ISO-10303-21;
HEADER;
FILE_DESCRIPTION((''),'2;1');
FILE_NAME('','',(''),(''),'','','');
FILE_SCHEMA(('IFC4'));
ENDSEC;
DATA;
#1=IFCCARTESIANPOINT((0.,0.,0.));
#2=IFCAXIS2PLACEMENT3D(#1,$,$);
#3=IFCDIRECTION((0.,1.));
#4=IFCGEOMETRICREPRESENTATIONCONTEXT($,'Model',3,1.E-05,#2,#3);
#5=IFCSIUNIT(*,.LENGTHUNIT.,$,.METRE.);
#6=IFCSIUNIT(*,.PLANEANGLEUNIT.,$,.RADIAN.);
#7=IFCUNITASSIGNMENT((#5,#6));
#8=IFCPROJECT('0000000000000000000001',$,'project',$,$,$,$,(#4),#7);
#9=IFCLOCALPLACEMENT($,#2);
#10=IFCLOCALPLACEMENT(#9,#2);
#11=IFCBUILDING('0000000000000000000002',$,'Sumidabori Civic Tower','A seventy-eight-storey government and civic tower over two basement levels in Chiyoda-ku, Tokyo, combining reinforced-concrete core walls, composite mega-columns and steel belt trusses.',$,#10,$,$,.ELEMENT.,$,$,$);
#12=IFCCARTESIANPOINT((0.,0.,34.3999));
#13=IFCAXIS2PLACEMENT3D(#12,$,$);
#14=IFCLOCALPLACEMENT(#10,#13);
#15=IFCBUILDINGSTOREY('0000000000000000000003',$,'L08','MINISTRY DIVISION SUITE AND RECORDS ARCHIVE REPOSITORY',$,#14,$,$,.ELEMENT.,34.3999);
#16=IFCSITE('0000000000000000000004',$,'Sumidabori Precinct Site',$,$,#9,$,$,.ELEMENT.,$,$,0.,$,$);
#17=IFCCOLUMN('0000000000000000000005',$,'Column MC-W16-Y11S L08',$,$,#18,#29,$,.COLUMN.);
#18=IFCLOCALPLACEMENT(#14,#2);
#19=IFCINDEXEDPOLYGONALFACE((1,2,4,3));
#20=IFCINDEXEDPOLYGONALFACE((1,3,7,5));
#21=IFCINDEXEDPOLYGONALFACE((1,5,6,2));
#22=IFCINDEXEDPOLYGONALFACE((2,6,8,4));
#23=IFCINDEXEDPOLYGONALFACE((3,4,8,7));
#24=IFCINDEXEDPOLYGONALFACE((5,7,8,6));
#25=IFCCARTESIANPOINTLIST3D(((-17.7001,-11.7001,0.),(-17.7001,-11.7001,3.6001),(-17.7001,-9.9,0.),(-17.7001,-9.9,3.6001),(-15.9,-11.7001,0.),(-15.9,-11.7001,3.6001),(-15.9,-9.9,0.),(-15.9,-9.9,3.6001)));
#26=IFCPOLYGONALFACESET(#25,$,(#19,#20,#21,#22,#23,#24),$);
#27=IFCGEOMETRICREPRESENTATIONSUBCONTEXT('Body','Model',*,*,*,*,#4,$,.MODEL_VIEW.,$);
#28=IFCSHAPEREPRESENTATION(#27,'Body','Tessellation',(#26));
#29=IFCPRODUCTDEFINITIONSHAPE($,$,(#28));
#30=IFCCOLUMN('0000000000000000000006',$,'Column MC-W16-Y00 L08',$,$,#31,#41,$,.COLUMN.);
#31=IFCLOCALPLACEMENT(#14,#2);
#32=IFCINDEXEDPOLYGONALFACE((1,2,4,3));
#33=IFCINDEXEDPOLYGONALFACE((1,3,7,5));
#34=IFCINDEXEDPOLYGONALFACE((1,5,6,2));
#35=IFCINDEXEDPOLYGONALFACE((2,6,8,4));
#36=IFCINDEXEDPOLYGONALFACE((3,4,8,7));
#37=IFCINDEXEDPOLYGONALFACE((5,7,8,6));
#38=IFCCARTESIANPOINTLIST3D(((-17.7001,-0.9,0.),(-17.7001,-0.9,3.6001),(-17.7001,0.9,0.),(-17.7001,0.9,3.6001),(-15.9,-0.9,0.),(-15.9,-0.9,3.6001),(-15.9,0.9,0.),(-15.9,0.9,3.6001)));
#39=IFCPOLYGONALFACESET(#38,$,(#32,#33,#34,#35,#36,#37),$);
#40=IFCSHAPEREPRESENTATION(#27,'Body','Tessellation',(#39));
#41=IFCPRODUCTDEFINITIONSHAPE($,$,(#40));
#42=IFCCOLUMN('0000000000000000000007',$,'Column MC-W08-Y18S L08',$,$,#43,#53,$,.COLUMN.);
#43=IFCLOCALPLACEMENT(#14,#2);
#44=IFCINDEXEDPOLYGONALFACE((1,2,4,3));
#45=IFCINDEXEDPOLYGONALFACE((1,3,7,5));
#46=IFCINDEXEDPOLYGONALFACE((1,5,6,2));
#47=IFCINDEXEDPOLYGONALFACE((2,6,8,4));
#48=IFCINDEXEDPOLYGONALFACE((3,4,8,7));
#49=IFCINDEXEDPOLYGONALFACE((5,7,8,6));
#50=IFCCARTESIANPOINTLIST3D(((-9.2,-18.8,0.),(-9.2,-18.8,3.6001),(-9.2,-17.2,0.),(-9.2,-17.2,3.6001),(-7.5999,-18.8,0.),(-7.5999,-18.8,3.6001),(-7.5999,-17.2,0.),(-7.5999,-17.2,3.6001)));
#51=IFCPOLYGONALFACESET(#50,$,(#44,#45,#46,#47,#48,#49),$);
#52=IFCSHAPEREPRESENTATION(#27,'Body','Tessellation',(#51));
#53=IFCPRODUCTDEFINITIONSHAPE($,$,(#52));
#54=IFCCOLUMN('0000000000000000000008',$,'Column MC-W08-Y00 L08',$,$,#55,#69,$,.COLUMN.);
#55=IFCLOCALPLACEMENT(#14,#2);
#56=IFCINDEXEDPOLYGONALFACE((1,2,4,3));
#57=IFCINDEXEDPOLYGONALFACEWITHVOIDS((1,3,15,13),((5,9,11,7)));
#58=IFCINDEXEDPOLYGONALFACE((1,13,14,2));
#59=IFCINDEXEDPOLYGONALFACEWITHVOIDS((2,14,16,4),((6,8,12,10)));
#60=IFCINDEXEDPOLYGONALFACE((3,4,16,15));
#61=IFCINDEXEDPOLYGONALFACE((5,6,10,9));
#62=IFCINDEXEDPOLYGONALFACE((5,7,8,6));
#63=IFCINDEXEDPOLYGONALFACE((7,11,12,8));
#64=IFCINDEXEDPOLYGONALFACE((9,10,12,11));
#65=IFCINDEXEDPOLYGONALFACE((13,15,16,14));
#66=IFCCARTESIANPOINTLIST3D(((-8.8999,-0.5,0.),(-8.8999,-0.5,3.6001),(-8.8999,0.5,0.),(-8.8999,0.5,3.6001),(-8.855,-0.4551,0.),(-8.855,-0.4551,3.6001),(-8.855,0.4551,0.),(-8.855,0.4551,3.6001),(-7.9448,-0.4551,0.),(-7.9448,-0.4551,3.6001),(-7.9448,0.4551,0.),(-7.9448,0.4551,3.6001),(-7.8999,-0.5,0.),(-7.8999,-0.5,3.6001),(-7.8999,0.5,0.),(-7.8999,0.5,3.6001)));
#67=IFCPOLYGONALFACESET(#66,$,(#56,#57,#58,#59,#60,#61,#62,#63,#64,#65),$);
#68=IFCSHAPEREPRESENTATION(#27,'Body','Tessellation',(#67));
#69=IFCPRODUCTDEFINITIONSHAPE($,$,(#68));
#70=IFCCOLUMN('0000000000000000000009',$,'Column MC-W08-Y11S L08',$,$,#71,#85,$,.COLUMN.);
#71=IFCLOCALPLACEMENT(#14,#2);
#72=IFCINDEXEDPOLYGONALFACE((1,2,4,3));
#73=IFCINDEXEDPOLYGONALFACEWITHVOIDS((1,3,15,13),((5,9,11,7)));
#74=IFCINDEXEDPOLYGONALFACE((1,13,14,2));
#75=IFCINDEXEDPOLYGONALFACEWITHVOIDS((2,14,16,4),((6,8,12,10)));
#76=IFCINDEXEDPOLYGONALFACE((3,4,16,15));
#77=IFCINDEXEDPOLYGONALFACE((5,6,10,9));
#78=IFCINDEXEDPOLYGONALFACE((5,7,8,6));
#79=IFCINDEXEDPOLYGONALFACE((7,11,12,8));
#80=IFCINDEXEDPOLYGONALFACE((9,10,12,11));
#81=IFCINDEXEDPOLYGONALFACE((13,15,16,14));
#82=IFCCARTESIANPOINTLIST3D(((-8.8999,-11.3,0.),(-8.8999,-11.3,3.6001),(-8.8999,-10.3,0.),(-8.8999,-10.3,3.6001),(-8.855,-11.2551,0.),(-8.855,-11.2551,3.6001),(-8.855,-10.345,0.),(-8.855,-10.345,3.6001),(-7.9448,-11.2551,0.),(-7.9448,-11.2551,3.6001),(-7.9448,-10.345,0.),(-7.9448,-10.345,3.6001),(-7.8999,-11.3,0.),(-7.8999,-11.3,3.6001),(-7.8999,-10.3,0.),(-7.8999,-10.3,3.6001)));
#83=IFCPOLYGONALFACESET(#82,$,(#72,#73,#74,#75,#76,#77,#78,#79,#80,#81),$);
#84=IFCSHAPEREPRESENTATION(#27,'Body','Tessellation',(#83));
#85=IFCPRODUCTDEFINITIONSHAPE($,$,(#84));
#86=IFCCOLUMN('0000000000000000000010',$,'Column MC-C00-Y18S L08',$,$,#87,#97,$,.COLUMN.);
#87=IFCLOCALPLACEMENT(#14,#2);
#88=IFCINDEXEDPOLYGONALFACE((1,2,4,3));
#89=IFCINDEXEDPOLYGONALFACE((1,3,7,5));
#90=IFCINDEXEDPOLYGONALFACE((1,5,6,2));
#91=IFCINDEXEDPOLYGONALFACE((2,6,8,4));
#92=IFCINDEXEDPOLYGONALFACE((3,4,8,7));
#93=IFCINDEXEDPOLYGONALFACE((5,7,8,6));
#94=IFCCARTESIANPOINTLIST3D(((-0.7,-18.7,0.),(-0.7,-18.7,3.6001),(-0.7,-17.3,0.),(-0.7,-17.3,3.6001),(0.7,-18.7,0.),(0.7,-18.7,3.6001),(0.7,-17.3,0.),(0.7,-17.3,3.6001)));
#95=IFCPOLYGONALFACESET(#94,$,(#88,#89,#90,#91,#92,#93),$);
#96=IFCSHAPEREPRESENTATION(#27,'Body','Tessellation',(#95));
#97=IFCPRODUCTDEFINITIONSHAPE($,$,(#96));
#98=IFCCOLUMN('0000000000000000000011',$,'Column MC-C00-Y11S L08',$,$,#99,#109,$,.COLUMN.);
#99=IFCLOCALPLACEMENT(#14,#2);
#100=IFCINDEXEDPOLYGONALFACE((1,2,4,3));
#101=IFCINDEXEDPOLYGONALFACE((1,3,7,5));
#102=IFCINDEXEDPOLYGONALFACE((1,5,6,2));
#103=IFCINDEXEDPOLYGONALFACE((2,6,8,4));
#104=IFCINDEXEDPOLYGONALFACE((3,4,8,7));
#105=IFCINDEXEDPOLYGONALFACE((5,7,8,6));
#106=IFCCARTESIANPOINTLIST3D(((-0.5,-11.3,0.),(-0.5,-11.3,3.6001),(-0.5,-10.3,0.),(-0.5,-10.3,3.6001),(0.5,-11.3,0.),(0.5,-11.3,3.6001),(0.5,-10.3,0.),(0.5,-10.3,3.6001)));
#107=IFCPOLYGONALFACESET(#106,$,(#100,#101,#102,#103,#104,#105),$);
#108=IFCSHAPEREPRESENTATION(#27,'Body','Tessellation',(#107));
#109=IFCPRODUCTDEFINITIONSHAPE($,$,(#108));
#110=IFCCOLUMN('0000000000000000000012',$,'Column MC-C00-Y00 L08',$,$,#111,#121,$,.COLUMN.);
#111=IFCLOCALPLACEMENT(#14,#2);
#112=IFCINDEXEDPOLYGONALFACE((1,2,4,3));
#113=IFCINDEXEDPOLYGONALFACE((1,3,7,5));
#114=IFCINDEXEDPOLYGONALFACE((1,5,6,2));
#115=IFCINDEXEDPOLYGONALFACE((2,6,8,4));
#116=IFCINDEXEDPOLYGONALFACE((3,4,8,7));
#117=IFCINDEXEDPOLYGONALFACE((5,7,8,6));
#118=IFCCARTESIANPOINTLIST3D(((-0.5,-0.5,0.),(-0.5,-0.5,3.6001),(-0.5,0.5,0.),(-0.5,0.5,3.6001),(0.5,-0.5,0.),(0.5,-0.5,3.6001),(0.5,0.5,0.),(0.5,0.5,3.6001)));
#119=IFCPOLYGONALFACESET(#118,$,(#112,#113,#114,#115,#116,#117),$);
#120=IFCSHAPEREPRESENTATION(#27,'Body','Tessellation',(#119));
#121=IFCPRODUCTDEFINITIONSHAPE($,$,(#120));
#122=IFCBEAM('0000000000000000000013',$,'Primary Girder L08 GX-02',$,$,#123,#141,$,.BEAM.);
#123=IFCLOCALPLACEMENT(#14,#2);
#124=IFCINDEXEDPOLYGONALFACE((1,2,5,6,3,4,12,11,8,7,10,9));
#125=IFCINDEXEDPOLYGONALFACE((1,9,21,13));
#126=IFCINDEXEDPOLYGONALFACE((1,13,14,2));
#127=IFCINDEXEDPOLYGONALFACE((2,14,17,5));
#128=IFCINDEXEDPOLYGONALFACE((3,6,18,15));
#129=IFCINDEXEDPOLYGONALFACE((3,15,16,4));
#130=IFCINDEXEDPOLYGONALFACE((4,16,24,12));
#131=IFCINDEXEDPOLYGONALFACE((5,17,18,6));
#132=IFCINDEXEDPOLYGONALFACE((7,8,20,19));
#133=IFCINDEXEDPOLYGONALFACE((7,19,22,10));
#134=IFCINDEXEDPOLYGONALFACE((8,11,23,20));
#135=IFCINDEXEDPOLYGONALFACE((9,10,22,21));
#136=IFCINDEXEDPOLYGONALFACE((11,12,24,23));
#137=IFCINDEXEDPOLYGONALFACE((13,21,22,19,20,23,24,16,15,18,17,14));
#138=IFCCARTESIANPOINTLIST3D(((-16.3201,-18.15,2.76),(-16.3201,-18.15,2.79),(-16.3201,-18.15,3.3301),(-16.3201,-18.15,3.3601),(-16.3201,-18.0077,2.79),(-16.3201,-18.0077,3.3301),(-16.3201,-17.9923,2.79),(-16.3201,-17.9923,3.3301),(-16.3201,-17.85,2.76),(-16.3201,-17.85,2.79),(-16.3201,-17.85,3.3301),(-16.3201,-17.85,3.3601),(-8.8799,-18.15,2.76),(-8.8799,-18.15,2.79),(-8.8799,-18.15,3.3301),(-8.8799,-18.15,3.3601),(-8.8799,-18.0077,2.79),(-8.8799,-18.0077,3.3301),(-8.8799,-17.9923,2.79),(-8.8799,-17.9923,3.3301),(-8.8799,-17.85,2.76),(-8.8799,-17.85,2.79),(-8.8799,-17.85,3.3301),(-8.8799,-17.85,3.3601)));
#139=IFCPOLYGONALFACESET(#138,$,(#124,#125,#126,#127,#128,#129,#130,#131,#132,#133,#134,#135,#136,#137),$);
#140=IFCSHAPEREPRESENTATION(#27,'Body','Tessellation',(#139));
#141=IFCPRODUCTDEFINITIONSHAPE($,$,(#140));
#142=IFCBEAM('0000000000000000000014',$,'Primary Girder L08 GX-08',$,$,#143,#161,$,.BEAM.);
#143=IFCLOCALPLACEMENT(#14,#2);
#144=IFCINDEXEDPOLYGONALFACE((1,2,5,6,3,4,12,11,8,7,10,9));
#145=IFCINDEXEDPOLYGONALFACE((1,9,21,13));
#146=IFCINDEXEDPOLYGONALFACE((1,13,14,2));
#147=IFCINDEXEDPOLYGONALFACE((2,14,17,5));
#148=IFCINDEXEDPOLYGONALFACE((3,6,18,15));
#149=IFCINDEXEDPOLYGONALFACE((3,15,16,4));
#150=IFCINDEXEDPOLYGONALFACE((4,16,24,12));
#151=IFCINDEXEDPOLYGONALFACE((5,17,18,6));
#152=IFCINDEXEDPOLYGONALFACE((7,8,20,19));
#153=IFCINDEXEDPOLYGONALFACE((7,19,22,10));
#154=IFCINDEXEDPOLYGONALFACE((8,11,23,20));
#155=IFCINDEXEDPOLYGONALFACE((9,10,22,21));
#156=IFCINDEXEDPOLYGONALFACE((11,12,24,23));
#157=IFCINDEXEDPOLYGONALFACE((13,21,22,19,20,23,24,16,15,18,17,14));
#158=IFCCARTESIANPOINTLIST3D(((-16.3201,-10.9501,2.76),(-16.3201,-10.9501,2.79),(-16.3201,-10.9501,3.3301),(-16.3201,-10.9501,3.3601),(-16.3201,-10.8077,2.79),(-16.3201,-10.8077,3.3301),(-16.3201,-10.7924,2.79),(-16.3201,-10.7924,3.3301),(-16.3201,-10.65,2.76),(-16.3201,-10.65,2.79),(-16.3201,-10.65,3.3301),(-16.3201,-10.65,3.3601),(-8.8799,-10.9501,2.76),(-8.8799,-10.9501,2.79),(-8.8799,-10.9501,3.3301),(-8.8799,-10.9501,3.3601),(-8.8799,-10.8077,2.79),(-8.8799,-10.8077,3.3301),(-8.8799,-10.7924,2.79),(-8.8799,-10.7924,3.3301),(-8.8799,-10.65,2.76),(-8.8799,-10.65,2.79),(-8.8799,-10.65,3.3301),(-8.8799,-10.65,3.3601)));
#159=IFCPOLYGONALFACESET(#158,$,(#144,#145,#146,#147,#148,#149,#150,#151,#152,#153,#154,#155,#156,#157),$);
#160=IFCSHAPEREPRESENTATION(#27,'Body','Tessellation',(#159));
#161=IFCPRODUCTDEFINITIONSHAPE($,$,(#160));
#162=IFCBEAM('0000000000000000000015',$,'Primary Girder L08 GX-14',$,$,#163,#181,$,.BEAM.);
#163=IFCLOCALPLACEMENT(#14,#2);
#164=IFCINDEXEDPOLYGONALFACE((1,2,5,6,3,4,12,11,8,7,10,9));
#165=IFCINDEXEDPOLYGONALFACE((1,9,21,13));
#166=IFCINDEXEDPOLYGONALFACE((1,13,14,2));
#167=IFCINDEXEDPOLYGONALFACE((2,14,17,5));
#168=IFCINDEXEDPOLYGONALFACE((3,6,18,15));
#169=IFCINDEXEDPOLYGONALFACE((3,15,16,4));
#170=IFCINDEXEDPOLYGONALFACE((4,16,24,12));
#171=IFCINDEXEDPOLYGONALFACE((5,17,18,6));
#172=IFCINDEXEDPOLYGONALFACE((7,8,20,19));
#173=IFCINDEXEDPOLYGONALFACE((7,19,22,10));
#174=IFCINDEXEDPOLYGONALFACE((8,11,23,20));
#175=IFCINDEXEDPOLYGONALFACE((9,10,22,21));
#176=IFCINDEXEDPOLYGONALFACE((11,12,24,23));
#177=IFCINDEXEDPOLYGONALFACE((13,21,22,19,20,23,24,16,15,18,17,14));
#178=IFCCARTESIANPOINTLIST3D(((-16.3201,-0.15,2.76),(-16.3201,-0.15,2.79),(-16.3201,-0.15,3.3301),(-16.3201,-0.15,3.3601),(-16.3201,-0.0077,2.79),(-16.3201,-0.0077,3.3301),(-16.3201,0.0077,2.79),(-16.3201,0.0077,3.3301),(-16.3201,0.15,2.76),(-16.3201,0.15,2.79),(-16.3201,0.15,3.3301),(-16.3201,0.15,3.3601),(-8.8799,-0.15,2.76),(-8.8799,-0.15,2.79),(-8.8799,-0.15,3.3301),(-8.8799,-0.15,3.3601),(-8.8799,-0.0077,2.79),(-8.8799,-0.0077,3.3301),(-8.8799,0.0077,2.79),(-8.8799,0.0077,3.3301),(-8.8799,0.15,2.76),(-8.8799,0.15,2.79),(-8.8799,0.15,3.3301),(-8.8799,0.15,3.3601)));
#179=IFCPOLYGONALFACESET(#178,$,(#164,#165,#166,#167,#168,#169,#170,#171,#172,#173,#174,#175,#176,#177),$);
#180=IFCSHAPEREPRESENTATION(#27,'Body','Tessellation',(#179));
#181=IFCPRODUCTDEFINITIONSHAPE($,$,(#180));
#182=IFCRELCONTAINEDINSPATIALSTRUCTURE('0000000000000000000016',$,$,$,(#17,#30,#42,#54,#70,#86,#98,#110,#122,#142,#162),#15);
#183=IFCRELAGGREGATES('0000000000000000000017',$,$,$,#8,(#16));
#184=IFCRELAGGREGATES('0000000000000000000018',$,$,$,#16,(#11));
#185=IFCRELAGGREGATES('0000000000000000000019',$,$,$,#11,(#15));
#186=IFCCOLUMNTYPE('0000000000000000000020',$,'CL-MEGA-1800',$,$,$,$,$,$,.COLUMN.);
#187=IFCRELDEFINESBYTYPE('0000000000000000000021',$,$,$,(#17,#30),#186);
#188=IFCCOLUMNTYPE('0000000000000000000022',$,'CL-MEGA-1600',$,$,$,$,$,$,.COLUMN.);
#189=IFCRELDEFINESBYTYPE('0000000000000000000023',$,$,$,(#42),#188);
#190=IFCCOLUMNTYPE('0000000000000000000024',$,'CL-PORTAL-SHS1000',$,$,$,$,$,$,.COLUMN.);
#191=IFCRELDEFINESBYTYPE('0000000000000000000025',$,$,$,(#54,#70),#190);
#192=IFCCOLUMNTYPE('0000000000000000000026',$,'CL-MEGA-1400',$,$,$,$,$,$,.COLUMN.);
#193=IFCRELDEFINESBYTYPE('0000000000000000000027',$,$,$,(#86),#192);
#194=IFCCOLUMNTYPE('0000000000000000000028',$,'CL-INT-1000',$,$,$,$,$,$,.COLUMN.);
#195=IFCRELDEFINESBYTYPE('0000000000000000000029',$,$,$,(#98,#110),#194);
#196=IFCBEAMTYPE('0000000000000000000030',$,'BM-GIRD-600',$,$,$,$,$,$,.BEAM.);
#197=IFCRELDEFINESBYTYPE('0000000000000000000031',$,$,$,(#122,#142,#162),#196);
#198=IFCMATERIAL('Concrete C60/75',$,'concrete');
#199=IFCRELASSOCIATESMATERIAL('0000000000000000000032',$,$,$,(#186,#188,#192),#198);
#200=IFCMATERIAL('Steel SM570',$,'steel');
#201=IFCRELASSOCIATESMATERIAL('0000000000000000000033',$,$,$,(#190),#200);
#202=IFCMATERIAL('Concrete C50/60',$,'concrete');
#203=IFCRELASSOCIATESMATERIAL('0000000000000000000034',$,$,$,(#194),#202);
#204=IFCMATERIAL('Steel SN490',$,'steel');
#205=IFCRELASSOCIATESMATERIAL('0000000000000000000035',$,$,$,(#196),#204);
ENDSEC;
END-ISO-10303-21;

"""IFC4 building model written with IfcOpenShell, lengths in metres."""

from ifc_helpers import new_model, si_unit, direction, frame, origin, origin_2d, place, context, subcontext, project, spatial, rectangle, hollow_rectangle, i_section, extrude, source, transform, mapped, material, material_profile, profile_set, type_object, element, save


model = new_model("IFC4")

# Units and contexts
model_context = context("Model", 3, precision=1e-05, world=origin(), true_north=direction((0.0, 1.0)))
body_context = subcontext(model_context, "Body", "Model", "MODEL_VIEW")
ifc_project = project(units=[si_unit("LENGTHUNIT", "METRE"), si_unit("PLANEANGLEUNIT", "RADIAN")], contexts=[model_context])

# Site, building, storey
site_placement = place(None, origin())
site = spatial("IfcSite", under=ifc_project, at=site_placement, Name="Sumidabori Precinct Site", CompositionType="ELEMENT", RefElevation=0.0)
building_placement = place(site_placement, origin())
building = spatial("IfcBuilding", under=site, at=building_placement, Name="Sumidabori Civic Tower", Description="A seventy-eight-storey government and civic tower over two basement levels in Chiyoda-ku, Tokyo, combining reinforced-concrete core walls, composite mega-columns and steel belt trusses.", CompositionType="ELEMENT")
storey_placement = place(building_placement, frame((0.0, 0.0, 34.3999)))
storey = spatial("IfcBuildingStorey", under=building, at=storey_placement, Name="L08", Description="MINISTRY DIVISION SUITE AND RECORDS ARCHIVE REPOSITORY", CompositionType="ELEMENT", Elevation=34.3999)

# Columns
ifc_material_1 = material(Name="Concrete C60/75", Category="concrete")
ifc_material_profile_1 = material_profile(ifc_material_1, rectangle(XDim=1.8, YDim=1.8, at=origin_2d()), Name="RC 1800x1800")
ifc_profile_set_1 = profile_set([ifc_material_profile_1], Name="Concrete C60/75")
column_type_1 = type_object("IfcColumnType", Name="CL-MEGA-1800", PredefinedType="COLUMN", material=ifc_profile_set_1)
shared_shape_1 = source(origin(), body_context, "Body", "SweptSolid", [
    extrude(rectangle(XDim=1.8, YDim=1.8, at=origin_2d()), origin(), (0.0, 0.0, 1.0), 3.6001),
])
for number, where, z_axis, x_axis, name in (
    (1, (-16.8, -10.8, 0.0), (0.0, 0.0, 1.0), (1.0, 0.0, 0.0), "Column MC-W16-Y11S L08"),
    (2, (-16.8, 0.0, 0.0), (0.0, 0.0, 1.0), (1.0, 0.0, 0.0), "Column MC-W16-Y00 L08"),
):
    element("IfcColumn", number, at=place(storey_placement, frame(where, z_axis=z_axis, x_axis=x_axis)), inside=storey, type_object=column_type_1, Name=name, PredefinedType="COLUMN", context=body_context, shape_type="MappedRepresentation", body=[
        mapped(shared_shape_1, transform((0.0, 0.0, 0.0), x_axis=(1.0, 0.0, 0.0), y_axis=(0.0, 1.0, 0.0), z_axis=(0.0, 0.0, 1.0), scale=1.0)),
    ])
ifc_material_profile_2 = material_profile(ifc_material_1, rectangle(XDim=1.6001, YDim=1.6001, at=origin_2d()), Name="RC 1600x1600")
ifc_profile_set_2 = profile_set([ifc_material_profile_2], Name="Concrete C60/75")
column_type_2 = type_object("IfcColumnType", Name="CL-MEGA-1600", PredefinedType="COLUMN", material=ifc_profile_set_2)
shared_shape_2 = source(origin(), body_context, "Body", "SweptSolid", [
    extrude(rectangle(XDim=1.6001, YDim=1.6001, at=origin_2d()), origin(), (0.0, 0.0, 1.0), 3.6001),
])
column_1_placement = place(storey_placement, frame((-8.3999, -18.0, 0.0), z_axis=(0.0, 0.0, 1.0), x_axis=(1.0, 0.0, 0.0)))
element("IfcColumn", 3, at=column_1_placement, inside=storey, type_object=column_type_2, Name="Column MC-W08-Y18S L08", PredefinedType="COLUMN", context=body_context, shape_type="MappedRepresentation", body=[
    mapped(shared_shape_2, transform((0.0, 0.0, 0.0), x_axis=(1.0, 0.0, 0.0), y_axis=(0.0, 1.0, 0.0), z_axis=(0.0, 0.0, 1.0), scale=1.0)),
])
ifc_material_2 = material(Name="Steel SM570", Category="steel")
ifc_material_profile_3 = material_profile(ifc_material_2, hollow_rectangle(XDim=1.0, YDim=1.0, WallThickness=0.0449, at=origin_2d()), Name="SHS 1000x1000x45")
ifc_profile_set_3 = profile_set([ifc_material_profile_3], Name="Steel SM570")
column_type_3 = type_object("IfcColumnType", Name="CL-PORTAL-SHS1000", PredefinedType="COLUMN", material=ifc_profile_set_3)
shared_shape_3 = source(origin(), body_context, "Body", "SweptSolid", [
    extrude(hollow_rectangle(XDim=1.0, YDim=1.0, WallThickness=0.0449, at=origin_2d()), origin(), (0.0, 0.0, 1.0), 3.6001),
])
for number, where, z_axis, x_axis, name in (
    (4, (-8.3999, 0.0, 0.0), (0.0, 0.0, 1.0), (1.0, 0.0, 0.0), "Column MC-W08-Y00 L08"),
    (5, (-8.3999, -10.8, 0.0), (0.0, 0.0, 1.0), (1.0, 0.0, 0.0), "Column MC-W08-Y11S L08"),
):
    element("IfcColumn", number, at=place(storey_placement, frame(where, z_axis=z_axis, x_axis=x_axis)), inside=storey, type_object=column_type_3, Name=name, PredefinedType="COLUMN", context=body_context, shape_type="MappedRepresentation", body=[
        mapped(shared_shape_3, transform((0.0, 0.0, 0.0), x_axis=(1.0, 0.0, 0.0), y_axis=(0.0, 1.0, 0.0), z_axis=(0.0, 0.0, 1.0), scale=1.0)),
    ])
ifc_material_profile_4 = material_profile(ifc_material_1, rectangle(XDim=1.3999, YDim=1.3999, at=origin_2d()), Name="RC 1400x1400")
ifc_profile_set_4 = profile_set([ifc_material_profile_4], Name="Concrete C60/75")
column_type_4 = type_object("IfcColumnType", Name="CL-MEGA-1400", PredefinedType="COLUMN", material=ifc_profile_set_4)
shared_shape_4 = source(origin(), body_context, "Body", "SweptSolid", [
    extrude(rectangle(XDim=1.3999, YDim=1.3999, at=origin_2d()), origin(), (0.0, 0.0, 1.0), 3.6001),
])
column_2_placement = place(storey_placement, frame((0.0, -18.0, 0.0), z_axis=(0.0, 0.0, 1.0), x_axis=(1.0, 0.0, 0.0)))
element("IfcColumn", 6, at=column_2_placement, inside=storey, type_object=column_type_4, Name="Column MC-C00-Y18S L08", PredefinedType="COLUMN", context=body_context, shape_type="MappedRepresentation", body=[
    mapped(shared_shape_4, transform((0.0, 0.0, 0.0), x_axis=(1.0, 0.0, 0.0), y_axis=(0.0, 1.0, 0.0), z_axis=(0.0, 0.0, 1.0), scale=1.0)),
])
ifc_material_3 = material(Name="Concrete C50/60", Category="concrete")
ifc_material_profile_5 = material_profile(ifc_material_3, rectangle(XDim=1.0, YDim=1.0, at=origin_2d()), Name="RC 1000x1000")
ifc_profile_set_5 = profile_set([ifc_material_profile_5], Name="Concrete C50/60")
column_type_5 = type_object("IfcColumnType", Name="CL-INT-1000", PredefinedType="COLUMN", material=ifc_profile_set_5)
shared_shape_5 = source(origin(), body_context, "Body", "SweptSolid", [
    extrude(rectangle(XDim=1.0, YDim=1.0, at=origin_2d()), origin(), (0.0, 0.0, 1.0), 3.6001),
])
for number, where, z_axis, x_axis, name in (
    (7, (0.0, -10.8, 0.0), (0.0, 0.0, 1.0), (1.0, 0.0, 0.0), "Column MC-C00-Y11S L08"),
    (8, (0.0, 0.0, 0.0), (0.0, 0.0, 1.0), (1.0, 0.0, 0.0), "Column MC-C00-Y00 L08"),
):
    element("IfcColumn", number, at=place(storey_placement, frame(where, z_axis=z_axis, x_axis=x_axis)), inside=storey, type_object=column_type_5, Name=name, PredefinedType="COLUMN", context=body_context, shape_type="MappedRepresentation", body=[
        mapped(shared_shape_5, transform((0.0, 0.0, 0.0), x_axis=(1.0, 0.0, 0.0), y_axis=(0.0, 1.0, 0.0), z_axis=(0.0, 0.0, 1.0), scale=1.0)),
    ])

# Beams
ifc_material_4 = material(Name="Steel SN490", Category="steel")
ifc_material_profile_6 = material_profile(ifc_material_4, i_section(OverallWidth=0.3, OverallDepth=0.6001, WebThickness=0.0154, FlangeThickness=0.03, at=origin_2d()), Name="HE 600 B")
ifc_profile_set_6 = profile_set([ifc_material_profile_6], Name="Steel SN490")
beam_type_1 = type_object("IfcBeamType", Name="BM-GIRD-600", PredefinedType="BEAM", material=ifc_profile_set_6)
shared_shape_6 = source(origin(), body_context, "Body", "SweptSolid", [
    extrude(i_section(OverallWidth=0.3, OverallDepth=0.6001, WebThickness=0.0154, FlangeThickness=0.03, at=origin_2d()), origin(), (0.0, 0.0, 1.0), 7.4402),
])
for number, where, z_axis, x_axis, name in (
    (9, (-16.3201, -18.0, 3.0601), (1.0, 0.0, 0.0), (0.0, 1.0, 0.0), "Primary Girder L08 GX-02"),
    (10, (-16.3201, -10.8, 3.0601), (1.0, 0.0, 0.0), (0.0, 1.0, 0.0), "Primary Girder L08 GX-08"),
    (11, (-16.3201, 0.0, 3.0601), (1.0, 0.0, 0.0), (0.0, 1.0, 0.0), "Primary Girder L08 GX-14"),
):
    element("IfcBeam", number, at=place(storey_placement, frame(where, z_axis=z_axis, x_axis=x_axis)), inside=storey, type_object=beam_type_1, Name=name, PredefinedType="BEAM", context=body_context, shape_type="MappedRepresentation", body=[
        mapped(shared_shape_6, transform((0.0, 0.0, 0.0), x_axis=(1.0, 0.0, 0.0), y_axis=(0.0, 1.0, 0.0), z_axis=(0.0, 0.0, 1.0), scale=1.0)),
    ])

save(model, "model.ifc")
